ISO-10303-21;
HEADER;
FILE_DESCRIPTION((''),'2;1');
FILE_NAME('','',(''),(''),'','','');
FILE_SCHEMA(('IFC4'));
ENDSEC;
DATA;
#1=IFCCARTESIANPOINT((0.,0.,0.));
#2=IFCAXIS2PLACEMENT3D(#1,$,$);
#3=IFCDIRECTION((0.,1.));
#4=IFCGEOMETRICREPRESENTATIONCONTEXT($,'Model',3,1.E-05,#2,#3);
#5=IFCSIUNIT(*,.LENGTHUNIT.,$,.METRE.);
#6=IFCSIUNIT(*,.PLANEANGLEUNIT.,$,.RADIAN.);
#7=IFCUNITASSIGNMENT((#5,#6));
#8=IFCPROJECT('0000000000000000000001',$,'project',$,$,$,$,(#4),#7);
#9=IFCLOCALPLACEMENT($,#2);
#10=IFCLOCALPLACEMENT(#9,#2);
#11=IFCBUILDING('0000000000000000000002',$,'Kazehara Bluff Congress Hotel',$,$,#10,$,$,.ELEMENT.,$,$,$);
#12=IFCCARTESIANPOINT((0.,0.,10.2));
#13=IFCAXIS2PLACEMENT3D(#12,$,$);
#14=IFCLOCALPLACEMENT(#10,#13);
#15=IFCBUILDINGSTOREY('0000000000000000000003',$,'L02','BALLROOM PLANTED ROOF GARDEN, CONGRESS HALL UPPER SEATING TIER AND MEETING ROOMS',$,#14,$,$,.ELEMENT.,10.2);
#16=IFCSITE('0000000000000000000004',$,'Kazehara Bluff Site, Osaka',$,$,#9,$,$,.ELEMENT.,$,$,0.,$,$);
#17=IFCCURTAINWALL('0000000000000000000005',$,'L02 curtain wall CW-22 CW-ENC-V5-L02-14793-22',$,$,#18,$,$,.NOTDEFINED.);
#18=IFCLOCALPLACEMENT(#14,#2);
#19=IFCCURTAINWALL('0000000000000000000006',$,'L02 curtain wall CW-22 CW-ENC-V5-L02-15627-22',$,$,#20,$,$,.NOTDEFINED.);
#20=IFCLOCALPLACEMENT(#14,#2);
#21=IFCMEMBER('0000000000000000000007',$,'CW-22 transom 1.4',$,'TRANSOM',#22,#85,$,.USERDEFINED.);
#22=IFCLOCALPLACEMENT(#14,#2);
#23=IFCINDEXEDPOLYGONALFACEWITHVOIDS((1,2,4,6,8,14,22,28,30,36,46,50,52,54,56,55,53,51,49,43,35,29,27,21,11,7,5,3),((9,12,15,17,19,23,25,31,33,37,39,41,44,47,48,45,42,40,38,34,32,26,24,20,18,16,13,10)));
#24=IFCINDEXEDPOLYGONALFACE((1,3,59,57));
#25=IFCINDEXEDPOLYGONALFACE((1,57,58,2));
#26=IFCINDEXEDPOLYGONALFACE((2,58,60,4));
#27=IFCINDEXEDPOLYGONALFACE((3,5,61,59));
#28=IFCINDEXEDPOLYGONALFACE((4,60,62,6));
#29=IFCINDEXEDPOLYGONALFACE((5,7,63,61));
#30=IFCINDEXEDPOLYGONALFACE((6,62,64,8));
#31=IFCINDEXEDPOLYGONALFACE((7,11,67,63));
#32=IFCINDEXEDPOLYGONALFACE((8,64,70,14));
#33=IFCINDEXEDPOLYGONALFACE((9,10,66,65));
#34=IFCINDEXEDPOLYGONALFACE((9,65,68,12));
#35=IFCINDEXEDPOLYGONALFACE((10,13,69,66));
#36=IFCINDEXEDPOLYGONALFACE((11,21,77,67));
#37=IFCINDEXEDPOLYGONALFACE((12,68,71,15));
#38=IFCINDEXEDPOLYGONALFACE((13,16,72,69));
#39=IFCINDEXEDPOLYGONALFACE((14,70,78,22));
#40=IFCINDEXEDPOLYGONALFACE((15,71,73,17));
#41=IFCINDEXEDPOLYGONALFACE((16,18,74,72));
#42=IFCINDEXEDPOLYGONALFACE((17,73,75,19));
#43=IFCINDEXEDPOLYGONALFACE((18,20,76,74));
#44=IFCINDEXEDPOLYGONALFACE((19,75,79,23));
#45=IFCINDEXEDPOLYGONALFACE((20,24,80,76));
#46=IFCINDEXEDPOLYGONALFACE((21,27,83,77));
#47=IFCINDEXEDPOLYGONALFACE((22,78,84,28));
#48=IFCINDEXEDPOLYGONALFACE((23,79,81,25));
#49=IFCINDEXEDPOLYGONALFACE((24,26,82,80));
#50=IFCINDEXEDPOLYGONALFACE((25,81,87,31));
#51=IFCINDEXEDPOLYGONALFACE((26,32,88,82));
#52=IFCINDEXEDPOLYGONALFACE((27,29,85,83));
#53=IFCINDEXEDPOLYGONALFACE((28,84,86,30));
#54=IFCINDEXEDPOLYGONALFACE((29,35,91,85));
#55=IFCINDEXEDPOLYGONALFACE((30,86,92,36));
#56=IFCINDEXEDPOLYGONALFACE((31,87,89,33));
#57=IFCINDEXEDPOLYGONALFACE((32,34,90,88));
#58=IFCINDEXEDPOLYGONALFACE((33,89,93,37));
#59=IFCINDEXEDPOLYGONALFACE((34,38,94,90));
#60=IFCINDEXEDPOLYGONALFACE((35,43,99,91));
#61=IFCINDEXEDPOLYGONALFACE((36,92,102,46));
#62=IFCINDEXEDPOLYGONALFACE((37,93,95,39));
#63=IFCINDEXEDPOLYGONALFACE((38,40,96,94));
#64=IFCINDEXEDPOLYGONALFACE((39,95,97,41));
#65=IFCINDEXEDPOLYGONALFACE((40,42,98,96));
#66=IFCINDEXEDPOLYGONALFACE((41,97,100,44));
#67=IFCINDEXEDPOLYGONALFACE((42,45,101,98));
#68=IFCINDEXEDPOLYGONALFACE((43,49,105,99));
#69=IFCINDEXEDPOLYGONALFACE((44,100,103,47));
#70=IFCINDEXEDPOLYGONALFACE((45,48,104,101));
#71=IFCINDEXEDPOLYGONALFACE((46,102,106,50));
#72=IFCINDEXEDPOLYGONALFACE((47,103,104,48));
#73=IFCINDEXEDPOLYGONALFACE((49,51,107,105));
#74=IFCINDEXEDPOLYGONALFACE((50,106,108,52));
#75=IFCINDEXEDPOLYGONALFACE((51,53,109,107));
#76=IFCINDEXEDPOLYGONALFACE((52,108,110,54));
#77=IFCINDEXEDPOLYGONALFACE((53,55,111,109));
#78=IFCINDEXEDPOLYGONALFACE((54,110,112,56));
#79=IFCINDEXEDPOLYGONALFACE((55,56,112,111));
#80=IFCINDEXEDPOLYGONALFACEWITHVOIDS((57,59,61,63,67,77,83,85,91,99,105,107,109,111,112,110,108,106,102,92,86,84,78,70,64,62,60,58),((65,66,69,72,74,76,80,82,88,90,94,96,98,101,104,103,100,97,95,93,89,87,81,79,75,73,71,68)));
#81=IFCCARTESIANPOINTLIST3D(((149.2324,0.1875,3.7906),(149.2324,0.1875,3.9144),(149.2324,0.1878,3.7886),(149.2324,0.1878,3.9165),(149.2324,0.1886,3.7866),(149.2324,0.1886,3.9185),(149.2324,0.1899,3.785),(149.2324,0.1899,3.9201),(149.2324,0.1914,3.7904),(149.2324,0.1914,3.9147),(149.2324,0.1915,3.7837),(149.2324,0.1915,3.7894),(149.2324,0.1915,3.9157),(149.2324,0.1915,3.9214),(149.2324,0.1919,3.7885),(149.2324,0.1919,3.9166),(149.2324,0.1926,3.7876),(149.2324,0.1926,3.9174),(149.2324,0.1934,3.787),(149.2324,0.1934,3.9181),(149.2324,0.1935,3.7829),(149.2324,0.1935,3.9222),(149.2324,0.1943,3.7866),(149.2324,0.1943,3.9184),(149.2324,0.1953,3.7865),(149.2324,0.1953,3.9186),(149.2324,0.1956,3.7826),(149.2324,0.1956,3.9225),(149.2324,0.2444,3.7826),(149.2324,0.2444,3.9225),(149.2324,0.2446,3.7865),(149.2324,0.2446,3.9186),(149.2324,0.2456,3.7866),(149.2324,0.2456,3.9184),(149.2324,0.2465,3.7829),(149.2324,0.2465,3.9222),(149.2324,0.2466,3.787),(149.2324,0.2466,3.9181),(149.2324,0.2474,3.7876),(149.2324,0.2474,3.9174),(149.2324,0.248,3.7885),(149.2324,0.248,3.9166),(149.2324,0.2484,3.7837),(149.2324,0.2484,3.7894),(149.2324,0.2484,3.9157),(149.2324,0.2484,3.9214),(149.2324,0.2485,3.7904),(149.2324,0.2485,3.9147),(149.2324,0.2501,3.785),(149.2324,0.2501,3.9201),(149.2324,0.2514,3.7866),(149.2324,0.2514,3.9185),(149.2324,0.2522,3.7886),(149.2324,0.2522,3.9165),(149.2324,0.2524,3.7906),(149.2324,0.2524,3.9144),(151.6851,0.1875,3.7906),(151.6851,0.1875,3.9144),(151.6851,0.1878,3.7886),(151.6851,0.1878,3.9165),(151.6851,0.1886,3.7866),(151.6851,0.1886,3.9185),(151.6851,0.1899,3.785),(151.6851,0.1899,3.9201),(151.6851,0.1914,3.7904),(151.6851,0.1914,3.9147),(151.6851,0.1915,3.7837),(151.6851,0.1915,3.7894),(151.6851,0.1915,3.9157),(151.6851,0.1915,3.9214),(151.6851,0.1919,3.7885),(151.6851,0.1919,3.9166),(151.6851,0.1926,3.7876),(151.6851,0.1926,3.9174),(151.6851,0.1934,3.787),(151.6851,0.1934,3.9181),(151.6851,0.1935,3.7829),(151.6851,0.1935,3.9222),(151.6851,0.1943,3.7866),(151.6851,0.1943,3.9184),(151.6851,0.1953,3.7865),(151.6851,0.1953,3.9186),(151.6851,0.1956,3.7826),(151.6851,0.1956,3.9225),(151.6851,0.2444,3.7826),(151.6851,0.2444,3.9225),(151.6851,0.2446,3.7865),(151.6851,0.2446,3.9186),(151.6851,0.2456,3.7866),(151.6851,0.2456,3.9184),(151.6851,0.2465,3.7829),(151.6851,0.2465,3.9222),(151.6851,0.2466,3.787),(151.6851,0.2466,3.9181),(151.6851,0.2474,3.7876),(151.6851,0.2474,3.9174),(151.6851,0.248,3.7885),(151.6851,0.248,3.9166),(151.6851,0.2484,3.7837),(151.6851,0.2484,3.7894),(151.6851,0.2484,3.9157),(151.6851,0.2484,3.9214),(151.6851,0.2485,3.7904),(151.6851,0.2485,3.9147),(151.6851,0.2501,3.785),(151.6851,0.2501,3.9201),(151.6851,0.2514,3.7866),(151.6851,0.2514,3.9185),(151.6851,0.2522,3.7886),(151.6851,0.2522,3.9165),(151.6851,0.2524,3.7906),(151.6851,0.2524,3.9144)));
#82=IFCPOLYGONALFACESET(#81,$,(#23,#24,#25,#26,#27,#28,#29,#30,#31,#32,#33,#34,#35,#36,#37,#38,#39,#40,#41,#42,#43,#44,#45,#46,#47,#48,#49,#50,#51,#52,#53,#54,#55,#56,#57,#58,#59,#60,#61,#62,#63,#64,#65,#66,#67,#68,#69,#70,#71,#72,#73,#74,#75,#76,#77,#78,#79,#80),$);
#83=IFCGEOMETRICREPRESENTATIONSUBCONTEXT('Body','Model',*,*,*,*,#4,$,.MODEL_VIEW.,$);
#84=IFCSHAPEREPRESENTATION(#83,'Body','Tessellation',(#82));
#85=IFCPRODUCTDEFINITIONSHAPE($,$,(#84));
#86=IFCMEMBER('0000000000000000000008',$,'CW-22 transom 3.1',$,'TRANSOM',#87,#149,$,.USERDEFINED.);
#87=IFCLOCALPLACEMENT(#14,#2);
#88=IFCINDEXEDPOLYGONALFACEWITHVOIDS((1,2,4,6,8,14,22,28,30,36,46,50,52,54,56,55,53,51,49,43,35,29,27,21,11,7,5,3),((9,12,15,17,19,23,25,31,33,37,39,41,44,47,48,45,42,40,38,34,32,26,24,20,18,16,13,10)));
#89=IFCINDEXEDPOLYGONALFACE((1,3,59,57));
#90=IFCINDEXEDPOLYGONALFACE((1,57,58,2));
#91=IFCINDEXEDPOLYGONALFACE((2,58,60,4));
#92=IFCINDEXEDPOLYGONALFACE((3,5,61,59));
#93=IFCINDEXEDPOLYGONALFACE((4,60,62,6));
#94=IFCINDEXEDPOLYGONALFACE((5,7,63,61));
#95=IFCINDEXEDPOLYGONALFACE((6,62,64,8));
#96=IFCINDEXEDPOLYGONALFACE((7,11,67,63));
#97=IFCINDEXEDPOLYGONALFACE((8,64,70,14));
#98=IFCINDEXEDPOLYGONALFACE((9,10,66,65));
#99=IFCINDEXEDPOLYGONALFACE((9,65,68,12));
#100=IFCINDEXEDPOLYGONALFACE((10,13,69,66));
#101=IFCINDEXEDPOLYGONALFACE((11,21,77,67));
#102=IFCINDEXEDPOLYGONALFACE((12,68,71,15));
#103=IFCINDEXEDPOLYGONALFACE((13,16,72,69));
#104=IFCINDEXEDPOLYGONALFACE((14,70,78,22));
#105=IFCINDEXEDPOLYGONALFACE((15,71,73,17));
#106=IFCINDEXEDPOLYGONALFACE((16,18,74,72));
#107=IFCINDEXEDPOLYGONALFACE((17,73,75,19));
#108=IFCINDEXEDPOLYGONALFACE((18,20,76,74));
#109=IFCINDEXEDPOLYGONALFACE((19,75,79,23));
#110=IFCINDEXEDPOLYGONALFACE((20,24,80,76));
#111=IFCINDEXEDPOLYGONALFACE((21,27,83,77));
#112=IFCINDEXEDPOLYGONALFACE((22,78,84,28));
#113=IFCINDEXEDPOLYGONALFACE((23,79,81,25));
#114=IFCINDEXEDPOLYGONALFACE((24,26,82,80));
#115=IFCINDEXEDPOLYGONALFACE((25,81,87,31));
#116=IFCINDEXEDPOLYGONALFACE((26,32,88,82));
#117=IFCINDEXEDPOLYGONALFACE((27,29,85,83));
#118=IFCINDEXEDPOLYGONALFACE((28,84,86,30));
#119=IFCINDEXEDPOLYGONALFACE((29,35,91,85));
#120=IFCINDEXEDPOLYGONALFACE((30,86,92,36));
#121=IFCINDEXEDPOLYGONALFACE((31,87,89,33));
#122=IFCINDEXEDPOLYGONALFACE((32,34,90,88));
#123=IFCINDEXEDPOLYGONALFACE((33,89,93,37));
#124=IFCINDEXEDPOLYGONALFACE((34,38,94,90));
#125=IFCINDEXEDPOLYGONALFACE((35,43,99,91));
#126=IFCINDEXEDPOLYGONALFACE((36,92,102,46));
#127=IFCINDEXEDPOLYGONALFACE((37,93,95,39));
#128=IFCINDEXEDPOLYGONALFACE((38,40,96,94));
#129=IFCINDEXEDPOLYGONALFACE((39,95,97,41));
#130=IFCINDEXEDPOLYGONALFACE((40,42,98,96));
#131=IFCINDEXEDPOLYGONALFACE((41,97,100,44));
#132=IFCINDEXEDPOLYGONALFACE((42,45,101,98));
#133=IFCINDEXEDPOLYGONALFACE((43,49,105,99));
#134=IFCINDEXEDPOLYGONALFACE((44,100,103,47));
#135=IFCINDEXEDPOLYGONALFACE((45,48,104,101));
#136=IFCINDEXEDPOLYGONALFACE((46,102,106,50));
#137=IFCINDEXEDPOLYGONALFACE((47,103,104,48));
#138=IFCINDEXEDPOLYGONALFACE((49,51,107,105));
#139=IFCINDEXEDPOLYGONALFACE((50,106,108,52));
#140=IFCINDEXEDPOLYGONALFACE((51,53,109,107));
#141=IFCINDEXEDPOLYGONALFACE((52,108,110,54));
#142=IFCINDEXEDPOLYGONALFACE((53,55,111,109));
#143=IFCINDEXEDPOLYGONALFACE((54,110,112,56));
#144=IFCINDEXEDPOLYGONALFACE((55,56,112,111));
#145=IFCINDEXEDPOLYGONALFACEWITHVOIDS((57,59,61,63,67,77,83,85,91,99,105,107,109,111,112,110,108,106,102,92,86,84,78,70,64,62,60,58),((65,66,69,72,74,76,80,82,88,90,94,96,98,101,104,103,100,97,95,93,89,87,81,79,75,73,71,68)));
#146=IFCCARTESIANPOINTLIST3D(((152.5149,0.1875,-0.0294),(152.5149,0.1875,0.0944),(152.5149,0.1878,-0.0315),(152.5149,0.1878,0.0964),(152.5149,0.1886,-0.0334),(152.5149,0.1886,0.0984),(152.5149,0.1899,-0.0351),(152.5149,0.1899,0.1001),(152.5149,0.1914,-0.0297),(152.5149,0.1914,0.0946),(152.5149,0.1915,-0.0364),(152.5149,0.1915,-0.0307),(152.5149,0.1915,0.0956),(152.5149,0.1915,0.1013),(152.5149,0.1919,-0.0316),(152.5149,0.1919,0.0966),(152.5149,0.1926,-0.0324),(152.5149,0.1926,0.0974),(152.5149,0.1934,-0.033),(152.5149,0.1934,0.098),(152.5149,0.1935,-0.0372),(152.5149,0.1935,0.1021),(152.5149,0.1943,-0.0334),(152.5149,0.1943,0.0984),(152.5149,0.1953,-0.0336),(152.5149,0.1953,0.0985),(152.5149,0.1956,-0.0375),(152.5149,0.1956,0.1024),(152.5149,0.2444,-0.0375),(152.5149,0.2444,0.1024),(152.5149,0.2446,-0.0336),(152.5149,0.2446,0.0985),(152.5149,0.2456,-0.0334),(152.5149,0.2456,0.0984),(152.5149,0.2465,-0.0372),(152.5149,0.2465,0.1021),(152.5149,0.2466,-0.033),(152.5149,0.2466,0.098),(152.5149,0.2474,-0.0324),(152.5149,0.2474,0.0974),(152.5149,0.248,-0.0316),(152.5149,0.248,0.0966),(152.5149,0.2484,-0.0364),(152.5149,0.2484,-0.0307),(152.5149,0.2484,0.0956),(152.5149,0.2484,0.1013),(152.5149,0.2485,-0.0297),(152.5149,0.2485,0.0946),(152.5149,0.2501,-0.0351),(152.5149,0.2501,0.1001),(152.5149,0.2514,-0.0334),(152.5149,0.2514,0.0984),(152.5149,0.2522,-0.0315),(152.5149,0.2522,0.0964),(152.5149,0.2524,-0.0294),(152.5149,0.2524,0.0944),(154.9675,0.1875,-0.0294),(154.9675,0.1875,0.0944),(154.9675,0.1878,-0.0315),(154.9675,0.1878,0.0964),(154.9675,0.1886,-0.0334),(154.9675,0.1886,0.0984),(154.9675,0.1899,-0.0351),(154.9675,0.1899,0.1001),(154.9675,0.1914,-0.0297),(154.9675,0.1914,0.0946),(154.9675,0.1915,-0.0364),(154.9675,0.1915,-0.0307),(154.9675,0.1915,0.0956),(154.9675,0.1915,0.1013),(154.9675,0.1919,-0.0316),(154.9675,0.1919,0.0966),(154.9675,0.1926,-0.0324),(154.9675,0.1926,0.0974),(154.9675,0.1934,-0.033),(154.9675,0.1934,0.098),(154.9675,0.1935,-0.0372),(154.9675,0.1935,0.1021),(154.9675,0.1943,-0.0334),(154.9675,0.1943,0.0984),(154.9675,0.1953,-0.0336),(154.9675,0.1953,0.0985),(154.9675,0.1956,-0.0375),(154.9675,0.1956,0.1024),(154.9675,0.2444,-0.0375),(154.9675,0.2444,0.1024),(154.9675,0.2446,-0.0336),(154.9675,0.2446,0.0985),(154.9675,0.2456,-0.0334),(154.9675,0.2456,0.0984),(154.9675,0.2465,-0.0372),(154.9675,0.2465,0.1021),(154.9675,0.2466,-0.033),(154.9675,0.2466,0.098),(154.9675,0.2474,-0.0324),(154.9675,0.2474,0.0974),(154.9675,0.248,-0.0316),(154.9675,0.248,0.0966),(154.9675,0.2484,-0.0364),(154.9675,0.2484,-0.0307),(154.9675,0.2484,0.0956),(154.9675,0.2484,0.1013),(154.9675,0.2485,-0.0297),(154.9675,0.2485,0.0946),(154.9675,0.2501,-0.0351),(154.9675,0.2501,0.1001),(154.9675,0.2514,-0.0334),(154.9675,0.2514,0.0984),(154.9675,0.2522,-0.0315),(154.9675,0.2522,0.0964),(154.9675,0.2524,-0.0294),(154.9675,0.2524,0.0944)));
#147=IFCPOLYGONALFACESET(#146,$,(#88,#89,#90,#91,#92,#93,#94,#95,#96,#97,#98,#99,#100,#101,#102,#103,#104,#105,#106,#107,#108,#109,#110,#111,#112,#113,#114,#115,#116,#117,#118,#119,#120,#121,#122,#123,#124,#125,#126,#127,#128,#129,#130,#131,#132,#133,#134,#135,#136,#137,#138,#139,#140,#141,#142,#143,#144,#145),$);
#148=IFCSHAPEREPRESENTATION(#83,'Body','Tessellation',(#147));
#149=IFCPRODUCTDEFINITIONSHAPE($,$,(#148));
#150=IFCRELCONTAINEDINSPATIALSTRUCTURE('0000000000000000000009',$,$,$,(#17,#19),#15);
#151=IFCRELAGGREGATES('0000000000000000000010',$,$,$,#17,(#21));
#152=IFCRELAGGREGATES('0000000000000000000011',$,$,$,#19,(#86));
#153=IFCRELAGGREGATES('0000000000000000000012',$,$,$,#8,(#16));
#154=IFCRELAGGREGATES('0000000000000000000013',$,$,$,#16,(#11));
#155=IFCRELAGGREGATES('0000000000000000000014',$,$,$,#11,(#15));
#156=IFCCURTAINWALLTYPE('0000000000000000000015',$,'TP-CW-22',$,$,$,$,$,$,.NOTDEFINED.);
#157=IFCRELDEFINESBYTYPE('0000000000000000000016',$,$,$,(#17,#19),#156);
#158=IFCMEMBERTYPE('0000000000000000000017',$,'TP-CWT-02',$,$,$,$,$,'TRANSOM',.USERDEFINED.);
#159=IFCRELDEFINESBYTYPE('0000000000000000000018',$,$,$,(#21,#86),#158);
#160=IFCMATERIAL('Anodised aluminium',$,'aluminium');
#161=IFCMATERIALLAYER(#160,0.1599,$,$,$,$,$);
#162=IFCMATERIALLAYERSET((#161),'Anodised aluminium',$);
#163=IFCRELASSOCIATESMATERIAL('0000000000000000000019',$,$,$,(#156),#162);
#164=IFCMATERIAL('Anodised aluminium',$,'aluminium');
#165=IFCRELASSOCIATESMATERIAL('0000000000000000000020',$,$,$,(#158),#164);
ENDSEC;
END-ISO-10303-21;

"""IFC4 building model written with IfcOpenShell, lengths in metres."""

from ifc_helpers import new_model, si_unit, direction, frame, origin, origin_2d, place, context, subcontext, project, spatial, hollow_rectangle, extrude, material, layer, layer_set, material_profile, profile_set, type_object, element, aggregate, save


model = new_model("IFC4")

# Units and contexts
model_context = context("Model", 3, precision=1e-05, world=origin(), true_north=direction((0.0, 1.0)))
body_context = subcontext(model_context, "Body", "Model", "MODEL_VIEW")
ifc_project = project(units=[si_unit("LENGTHUNIT", "METRE"), si_unit("PLANEANGLEUNIT", "RADIAN")], contexts=[model_context])

# Site, building, storey
site_placement = place(None, origin())
site = spatial("IfcSite", under=ifc_project, at=site_placement, Name="Kazehara Bluff Site, Osaka", CompositionType="ELEMENT", RefElevation=0.0)
building_placement = place(site_placement, origin())
building = spatial("IfcBuilding", under=site, at=building_placement, Name="Kazehara Bluff Congress Hotel", CompositionType="ELEMENT")
storey_placement = place(building_placement, frame((0.0, 0.0, 10.2)))
storey = spatial("IfcBuildingStorey", under=building, at=storey_placement, Name="L02", Description="BALLROOM PLANTED ROOF GARDEN, CONGRESS HALL UPPER SEATING TIER AND MEETING ROOMS", CompositionType="ELEMENT", Elevation=10.2)

# Curtain wall
ifc_material_1 = material(Name="Anodised aluminium", Category="aluminium")
ifc_layer_1 = layer(ifc_material_1, 0.1599)
ifc_layer_set_1 = layer_set([ifc_layer_1], Name="Anodised aluminium")
curtain_wall_type = type_object("IfcCurtainWallType", Name="TP-CW-22", PredefinedType="NOTDEFINED", material=ifc_layer_set_1)
curtain_wall_1_placement = place(storey_placement, origin())
curtain_wall_1 = element("IfcCurtainWall", 1, at=curtain_wall_1_placement, inside=storey, type_object=curtain_wall_type, Name="L02 curtain wall CW-22 CW-ENC-V5-L02-14793-22", PredefinedType="NOTDEFINED")

# Curtain wall
curtain_wall_2_placement = place(storey_placement, origin())
curtain_wall_2 = element("IfcCurtainWall", 2, at=curtain_wall_2_placement, inside=storey, type_object=curtain_wall_type, Name="L02 curtain wall CW-22 CW-ENC-V5-L02-15627-22", PredefinedType="NOTDEFINED")

# Members
ifc_material_2 = material(Name="Anodised aluminium", Category="aluminium")
ifc_material_profile_1 = material_profile(ifc_material_2, hollow_rectangle(XDim=0.0649, YDim=0.1399, WallThickness=0.0039, InnerFilletRadius=0.0039, OuterFilletRadius=0.0081, at=origin_2d()))
ifc_profile_set_1 = profile_set([ifc_material_profile_1], Name="Anodised aluminium")
member_type_1 = type_object("IfcMemberType", Name="TP-CWT-02", ElementType="TRANSOM", PredefinedType="USERDEFINED", material=ifc_profile_set_1)
member_1_placement = place(storey_placement, frame((151.6851, 0.22, 3.8525), z_axis=(-1.0, 0.0, 0.0), x_axis=(0.0, -1.0, 0.0)))
member_1 = element("IfcMember", 3, at=member_1_placement, type_object=member_type_1, Name="CW-22 transom 1.4", ObjectType="TRANSOM", PredefinedType="USERDEFINED", context=body_context, shape_type="SweptSolid", body=[
    extrude(hollow_rectangle(XDim=0.0649, YDim=0.1399, WallThickness=0.0039, InnerFilletRadius=0.0039, OuterFilletRadius=0.0081, at=origin_2d()), origin(), (0.0, 0.0, 1.0), 2.4526),
])
aggregate(curtain_wall_1, [member_1])
member_2_placement = place(storey_placement, frame((154.9675, 0.22, 0.0325), z_axis=(-1.0, 0.0, 0.0), x_axis=(0.0, -1.0, 0.0)))
member_2 = element("IfcMember", 4, at=member_2_placement, type_object=member_type_1, Name="CW-22 transom 3.1", ObjectType="TRANSOM", PredefinedType="USERDEFINED", context=body_context, shape_type="SweptSolid", body=[
    extrude(hollow_rectangle(XDim=0.0649, YDim=0.1399, WallThickness=0.0039, InnerFilletRadius=0.0039, OuterFilletRadius=0.0081, at=origin_2d()), origin(), (0.0, 0.0, 1.0), 2.4526),
])

aggregate(curtain_wall_2, [member_2])

save(model, "model.ifc")
